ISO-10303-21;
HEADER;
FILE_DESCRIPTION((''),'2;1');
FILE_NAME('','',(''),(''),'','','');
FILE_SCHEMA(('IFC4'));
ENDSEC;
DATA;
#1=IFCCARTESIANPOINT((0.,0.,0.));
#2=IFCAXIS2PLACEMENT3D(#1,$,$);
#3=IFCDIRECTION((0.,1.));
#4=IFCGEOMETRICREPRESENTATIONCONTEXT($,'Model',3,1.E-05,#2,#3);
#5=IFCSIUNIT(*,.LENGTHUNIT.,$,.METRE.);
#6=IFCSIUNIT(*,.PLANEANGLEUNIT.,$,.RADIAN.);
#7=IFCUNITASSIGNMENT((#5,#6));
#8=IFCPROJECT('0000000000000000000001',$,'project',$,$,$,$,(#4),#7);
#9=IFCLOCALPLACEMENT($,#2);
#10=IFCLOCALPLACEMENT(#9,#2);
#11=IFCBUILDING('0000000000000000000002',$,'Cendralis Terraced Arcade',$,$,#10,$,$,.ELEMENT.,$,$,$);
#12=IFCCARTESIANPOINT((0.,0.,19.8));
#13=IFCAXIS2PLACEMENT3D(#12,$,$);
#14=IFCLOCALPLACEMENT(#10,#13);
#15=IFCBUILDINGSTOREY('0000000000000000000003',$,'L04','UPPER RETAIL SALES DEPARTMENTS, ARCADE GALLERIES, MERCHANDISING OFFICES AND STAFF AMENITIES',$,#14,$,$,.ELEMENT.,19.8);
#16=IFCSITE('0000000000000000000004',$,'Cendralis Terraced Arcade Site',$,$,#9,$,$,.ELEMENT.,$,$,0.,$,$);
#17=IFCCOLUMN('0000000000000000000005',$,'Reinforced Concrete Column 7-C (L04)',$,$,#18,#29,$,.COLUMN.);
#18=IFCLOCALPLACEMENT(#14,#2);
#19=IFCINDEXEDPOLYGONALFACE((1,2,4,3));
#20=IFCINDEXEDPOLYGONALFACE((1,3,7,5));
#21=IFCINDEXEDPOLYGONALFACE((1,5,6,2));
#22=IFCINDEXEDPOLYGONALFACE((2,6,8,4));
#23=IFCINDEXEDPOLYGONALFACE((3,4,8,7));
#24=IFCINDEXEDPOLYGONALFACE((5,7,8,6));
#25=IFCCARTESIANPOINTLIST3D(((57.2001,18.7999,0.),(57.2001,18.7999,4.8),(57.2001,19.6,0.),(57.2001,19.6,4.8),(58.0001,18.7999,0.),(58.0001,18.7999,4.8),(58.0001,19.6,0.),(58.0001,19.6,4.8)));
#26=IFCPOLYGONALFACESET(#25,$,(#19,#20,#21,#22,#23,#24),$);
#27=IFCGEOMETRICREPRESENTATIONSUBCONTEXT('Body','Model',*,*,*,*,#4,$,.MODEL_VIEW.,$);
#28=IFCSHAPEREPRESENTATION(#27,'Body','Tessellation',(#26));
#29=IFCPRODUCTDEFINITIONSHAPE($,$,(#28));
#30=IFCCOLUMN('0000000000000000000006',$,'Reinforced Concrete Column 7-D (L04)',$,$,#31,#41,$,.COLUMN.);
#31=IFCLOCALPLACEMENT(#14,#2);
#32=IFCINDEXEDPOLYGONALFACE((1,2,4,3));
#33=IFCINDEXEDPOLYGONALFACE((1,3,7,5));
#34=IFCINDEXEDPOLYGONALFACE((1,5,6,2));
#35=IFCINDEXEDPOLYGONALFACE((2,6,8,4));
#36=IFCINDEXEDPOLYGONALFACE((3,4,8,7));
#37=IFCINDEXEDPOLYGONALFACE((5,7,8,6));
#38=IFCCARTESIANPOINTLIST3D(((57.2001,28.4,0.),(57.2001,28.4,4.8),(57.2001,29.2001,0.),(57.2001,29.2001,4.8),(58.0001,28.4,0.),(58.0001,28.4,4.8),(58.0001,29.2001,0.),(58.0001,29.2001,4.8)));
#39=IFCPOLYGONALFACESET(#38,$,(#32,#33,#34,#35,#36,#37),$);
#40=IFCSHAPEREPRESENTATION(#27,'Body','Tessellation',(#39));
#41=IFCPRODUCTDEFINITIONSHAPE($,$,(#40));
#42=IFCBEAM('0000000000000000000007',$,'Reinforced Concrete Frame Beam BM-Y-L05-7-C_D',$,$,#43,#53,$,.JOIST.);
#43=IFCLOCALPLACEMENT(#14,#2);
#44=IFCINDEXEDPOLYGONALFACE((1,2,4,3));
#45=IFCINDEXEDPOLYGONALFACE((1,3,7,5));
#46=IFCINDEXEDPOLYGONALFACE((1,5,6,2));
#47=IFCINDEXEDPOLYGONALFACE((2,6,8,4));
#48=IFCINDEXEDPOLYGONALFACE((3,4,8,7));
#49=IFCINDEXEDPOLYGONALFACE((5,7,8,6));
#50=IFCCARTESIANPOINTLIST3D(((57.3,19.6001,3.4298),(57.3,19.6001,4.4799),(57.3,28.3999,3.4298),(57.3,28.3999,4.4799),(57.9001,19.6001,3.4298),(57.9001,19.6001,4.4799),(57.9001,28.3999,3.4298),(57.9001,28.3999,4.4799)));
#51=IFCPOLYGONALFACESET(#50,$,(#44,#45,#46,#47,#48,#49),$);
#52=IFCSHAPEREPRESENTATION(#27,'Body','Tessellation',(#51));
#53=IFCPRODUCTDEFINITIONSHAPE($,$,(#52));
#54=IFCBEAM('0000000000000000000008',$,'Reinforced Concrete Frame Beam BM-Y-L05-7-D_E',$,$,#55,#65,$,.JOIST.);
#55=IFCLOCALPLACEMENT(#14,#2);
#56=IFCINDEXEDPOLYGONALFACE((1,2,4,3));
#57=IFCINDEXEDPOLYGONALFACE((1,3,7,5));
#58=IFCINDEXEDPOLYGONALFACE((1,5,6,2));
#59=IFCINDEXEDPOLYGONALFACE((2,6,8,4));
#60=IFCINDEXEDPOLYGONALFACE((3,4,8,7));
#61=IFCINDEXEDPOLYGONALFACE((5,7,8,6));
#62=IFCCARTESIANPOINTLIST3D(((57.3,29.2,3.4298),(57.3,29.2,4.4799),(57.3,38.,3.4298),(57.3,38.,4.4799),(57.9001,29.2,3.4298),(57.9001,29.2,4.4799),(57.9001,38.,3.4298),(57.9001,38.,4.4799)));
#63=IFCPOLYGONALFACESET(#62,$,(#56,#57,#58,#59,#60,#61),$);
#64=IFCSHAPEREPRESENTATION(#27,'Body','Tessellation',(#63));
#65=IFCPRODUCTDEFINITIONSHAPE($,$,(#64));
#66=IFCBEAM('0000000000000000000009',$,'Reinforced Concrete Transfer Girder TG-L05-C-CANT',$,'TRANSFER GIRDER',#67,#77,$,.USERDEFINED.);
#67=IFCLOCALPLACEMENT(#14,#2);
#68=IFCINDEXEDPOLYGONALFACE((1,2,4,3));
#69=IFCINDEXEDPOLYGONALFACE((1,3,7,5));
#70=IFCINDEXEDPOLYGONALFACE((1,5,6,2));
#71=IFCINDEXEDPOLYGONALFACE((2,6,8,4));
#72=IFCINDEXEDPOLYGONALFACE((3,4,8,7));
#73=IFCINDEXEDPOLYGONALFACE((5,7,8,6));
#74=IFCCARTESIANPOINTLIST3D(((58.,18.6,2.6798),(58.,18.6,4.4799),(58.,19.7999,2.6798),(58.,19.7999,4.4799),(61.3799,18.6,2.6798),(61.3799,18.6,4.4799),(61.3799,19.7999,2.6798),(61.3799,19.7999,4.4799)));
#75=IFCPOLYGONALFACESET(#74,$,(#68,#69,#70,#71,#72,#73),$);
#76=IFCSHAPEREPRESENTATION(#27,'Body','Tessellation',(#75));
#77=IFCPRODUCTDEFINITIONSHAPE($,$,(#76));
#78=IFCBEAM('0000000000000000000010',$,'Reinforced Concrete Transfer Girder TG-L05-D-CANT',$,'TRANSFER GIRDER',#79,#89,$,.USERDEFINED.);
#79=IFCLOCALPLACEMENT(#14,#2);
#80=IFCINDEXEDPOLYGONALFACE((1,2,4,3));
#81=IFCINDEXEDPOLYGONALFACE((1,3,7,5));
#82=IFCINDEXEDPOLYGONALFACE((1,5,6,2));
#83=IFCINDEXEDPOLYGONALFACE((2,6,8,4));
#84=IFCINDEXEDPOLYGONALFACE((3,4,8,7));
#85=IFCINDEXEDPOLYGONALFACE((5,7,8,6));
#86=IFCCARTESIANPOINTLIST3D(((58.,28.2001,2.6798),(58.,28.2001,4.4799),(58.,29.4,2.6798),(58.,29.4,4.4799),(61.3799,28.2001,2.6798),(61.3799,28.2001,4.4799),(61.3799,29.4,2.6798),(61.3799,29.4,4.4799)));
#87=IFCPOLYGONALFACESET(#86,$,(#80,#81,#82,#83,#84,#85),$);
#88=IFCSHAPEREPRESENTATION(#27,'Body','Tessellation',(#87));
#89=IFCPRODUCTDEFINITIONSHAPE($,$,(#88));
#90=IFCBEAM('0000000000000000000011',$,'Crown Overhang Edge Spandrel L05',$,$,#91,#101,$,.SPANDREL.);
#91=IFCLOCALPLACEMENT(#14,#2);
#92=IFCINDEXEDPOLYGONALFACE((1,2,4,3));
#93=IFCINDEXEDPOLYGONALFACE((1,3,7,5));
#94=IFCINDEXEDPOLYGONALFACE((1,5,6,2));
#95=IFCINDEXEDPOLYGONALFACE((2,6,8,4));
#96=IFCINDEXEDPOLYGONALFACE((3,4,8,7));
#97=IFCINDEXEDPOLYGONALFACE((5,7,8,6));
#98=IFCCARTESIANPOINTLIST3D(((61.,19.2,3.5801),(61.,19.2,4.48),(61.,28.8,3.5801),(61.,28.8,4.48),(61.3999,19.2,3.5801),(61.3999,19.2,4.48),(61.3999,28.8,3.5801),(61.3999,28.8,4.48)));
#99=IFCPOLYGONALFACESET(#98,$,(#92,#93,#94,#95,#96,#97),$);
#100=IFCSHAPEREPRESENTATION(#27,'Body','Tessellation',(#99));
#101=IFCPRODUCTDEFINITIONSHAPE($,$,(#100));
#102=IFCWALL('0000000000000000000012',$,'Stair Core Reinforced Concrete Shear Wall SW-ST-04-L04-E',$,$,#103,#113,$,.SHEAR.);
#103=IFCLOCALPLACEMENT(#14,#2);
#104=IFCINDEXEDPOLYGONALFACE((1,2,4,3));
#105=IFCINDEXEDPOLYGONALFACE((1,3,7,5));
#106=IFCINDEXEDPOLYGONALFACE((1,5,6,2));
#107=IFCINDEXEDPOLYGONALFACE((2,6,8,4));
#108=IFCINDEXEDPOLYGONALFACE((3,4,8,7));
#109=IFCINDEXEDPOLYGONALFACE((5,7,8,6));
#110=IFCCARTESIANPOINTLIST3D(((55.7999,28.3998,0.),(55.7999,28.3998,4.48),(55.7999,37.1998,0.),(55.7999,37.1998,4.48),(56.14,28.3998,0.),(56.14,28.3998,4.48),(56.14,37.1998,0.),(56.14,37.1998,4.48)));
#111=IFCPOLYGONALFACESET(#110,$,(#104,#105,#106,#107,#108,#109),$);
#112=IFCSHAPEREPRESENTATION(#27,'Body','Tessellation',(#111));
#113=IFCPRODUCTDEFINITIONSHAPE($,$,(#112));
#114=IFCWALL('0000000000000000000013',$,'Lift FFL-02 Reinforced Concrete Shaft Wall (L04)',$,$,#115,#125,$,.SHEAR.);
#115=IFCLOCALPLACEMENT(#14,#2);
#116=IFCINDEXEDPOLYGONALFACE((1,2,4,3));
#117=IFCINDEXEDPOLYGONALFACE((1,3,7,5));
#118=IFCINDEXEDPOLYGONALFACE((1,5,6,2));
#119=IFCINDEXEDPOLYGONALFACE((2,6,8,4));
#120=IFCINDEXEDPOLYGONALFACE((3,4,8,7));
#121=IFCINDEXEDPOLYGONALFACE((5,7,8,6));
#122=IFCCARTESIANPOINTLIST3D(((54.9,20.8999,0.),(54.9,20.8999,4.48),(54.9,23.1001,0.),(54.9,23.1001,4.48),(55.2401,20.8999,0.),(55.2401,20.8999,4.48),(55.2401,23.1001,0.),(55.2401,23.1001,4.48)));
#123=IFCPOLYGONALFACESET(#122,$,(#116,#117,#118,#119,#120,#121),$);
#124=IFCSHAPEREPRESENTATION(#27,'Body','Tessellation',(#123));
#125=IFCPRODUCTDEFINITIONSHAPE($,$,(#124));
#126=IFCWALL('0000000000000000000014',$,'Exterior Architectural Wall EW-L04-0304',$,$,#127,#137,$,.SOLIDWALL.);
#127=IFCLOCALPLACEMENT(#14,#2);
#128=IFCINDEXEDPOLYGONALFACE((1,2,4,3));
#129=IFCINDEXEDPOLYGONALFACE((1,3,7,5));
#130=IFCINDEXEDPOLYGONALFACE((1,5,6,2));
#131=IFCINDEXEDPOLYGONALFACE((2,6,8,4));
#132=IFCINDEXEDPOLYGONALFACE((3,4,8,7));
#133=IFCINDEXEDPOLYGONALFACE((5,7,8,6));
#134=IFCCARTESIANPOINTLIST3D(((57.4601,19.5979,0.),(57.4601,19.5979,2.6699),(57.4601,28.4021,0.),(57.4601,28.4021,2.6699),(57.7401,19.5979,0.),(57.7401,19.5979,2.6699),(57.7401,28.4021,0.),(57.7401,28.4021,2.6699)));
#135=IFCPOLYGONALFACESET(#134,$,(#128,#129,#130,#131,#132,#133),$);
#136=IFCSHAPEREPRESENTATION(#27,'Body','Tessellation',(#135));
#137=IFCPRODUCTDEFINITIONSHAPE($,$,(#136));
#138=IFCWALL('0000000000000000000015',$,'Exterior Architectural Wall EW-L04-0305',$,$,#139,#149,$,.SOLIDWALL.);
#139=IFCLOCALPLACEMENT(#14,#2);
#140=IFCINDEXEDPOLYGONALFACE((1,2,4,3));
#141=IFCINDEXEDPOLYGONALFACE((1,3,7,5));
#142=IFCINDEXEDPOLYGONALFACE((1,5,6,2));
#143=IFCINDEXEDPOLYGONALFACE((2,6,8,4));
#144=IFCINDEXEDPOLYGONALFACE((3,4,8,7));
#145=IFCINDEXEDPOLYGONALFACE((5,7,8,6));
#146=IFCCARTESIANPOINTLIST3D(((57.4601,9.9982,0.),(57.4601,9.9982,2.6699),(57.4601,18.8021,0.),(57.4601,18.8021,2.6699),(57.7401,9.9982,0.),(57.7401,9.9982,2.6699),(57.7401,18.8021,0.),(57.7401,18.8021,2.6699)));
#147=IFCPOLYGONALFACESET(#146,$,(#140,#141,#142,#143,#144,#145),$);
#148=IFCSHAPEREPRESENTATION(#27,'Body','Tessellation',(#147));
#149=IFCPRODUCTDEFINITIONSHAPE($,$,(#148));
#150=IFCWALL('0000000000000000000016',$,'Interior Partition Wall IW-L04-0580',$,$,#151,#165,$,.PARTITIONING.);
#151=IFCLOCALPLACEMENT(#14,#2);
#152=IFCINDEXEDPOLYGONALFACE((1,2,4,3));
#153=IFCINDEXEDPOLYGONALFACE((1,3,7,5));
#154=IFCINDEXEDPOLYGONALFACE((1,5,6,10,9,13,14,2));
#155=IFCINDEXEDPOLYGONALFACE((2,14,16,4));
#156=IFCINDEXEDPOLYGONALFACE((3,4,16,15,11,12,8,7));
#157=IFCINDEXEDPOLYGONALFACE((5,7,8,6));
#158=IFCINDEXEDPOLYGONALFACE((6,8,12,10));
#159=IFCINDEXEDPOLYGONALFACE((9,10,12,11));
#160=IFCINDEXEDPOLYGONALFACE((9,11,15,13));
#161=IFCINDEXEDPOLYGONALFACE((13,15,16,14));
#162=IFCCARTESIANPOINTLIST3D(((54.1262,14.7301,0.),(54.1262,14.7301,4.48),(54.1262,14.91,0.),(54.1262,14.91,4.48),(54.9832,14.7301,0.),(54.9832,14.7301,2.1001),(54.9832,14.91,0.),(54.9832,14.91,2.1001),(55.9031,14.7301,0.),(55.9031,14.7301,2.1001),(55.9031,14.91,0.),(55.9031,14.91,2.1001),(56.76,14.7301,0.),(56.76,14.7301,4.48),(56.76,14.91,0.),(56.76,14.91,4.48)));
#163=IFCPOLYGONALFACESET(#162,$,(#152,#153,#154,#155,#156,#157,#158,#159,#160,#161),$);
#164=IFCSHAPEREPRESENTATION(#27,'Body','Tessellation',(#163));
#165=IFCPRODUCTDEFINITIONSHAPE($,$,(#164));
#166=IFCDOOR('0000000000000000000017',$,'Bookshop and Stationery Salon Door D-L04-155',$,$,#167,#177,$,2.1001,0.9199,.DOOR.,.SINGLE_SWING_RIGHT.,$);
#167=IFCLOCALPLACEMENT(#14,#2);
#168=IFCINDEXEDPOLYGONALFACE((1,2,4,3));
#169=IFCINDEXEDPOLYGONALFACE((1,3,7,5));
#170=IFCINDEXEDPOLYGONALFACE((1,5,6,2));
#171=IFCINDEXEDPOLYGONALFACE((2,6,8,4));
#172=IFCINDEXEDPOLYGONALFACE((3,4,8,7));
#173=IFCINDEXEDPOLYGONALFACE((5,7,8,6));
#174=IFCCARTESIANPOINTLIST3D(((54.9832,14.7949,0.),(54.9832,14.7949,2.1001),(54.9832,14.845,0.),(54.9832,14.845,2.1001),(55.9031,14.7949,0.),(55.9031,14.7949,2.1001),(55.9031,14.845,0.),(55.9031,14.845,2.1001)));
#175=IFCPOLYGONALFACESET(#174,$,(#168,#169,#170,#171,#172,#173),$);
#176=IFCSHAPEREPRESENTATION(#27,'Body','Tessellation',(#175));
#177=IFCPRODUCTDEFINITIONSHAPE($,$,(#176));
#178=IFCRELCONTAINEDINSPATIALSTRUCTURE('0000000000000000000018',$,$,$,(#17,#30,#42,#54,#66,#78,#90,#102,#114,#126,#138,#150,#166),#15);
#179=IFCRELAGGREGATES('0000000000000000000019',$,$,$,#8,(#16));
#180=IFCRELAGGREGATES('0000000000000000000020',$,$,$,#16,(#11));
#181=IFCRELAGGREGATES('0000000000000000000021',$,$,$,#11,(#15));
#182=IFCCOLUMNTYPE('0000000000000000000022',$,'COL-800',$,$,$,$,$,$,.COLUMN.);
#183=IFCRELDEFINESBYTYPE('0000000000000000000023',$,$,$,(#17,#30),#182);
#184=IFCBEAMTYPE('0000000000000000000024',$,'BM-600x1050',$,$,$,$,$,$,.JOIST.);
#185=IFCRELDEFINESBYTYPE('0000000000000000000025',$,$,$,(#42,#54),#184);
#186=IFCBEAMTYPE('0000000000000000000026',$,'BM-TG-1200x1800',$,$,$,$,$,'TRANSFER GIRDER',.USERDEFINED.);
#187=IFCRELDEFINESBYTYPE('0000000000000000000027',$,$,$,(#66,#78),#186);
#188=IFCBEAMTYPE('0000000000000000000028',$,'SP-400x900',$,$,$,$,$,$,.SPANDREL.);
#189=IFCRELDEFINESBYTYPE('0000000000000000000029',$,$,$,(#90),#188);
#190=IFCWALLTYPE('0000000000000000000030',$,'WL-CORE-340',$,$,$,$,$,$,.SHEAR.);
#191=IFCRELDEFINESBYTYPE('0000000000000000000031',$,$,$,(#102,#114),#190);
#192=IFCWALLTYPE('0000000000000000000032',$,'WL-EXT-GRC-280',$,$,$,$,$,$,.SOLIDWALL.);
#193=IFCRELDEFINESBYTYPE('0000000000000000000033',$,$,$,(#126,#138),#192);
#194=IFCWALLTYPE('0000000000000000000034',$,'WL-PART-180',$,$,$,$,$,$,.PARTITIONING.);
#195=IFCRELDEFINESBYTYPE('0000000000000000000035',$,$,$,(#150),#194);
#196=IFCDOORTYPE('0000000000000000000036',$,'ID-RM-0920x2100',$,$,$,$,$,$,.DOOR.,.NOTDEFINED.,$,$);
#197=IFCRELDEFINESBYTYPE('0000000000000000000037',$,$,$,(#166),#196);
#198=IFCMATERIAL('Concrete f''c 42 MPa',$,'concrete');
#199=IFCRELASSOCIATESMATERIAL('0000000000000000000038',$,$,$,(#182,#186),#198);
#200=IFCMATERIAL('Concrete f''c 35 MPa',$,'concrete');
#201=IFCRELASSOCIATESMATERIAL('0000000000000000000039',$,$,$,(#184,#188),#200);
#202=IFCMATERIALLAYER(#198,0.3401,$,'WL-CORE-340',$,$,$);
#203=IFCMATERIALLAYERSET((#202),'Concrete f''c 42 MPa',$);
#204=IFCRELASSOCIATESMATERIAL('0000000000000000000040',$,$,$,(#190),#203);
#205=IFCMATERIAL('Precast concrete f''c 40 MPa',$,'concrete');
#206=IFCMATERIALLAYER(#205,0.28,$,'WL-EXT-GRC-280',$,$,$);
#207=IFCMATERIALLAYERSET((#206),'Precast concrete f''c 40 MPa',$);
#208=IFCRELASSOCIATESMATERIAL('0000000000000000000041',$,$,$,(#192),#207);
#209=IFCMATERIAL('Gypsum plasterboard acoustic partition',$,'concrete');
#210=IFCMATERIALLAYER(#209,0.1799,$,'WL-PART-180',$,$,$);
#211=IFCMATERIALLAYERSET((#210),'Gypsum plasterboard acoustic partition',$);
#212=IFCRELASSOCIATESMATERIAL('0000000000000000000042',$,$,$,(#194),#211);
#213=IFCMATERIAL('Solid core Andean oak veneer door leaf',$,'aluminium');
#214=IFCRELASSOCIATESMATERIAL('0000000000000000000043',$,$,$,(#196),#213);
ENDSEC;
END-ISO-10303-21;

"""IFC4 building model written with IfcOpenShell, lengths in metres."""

from ifc_helpers import new_model, si_unit, direction, frame, frame_2d, origin, origin_2d, place, context, subcontext, project, spatial, rectangle, extrude, material, layer, layer_set, material_profile, profile_set, type_object, element, fill, save


model = new_model("IFC4")

# Units and contexts
model_context = context("Model", 3, precision=1e-05, world=origin(), true_north=direction((0.0, 1.0)))
body_context = subcontext(model_context, "Body", "Model", "MODEL_VIEW")
ifc_project = project(units=[si_unit("LENGTHUNIT", "METRE"), si_unit("PLANEANGLEUNIT", "RADIAN")], contexts=[model_context])

# Site, building, storey
site_placement = place(None, origin())
site = spatial("IfcSite", under=ifc_project, at=site_placement, Name="Cendralis Terraced Arcade Site", CompositionType="ELEMENT", RefElevation=0.0)
building_placement = place(site_placement, origin())
building = spatial("IfcBuilding", under=site, at=building_placement, Name="Cendralis Terraced Arcade", CompositionType="ELEMENT")
storey_placement = place(building_placement, frame((0.0, 0.0, 19.8)))
storey = spatial("IfcBuildingStorey", under=building, at=storey_placement, Name="L04", Description="UPPER RETAIL SALES DEPARTMENTS, ARCADE GALLERIES, MERCHANDISING OFFICES AND STAFF AMENITIES", CompositionType="ELEMENT", Elevation=19.8)

# Columns
ifc_material_1 = material(Name="Concrete f'c 42 MPa", Category="concrete")
ifc_material_profile_1 = material_profile(ifc_material_1, rectangle(XDim=0.8, YDim=0.8, at=origin_2d()), Name="RC-COL-800x800", Category="LoadBearing")
ifc_profile_set_1 = profile_set([ifc_material_profile_1], Name="Concrete f'c 42 MPa")
column_type = type_object("IfcColumnType", Name="COL-800", PredefinedType="COLUMN", material=ifc_profile_set_1)
for number, where, z_axis, x_axis, name in (
    (1, (57.6001, 19.2, 0.0), (0.0, 0.0, 1.0), (1.0, 0.0, 0.0), "Reinforced Concrete Column 7-C (L04)"),
    (2, (57.6001, 28.8, 0.0), (0.0, 0.0, 1.0), (1.0, 0.0, 0.0), "Reinforced Concrete Column 7-D (L04)"),
):
    element("IfcColumn", number, at=place(storey_placement, frame(where, z_axis=z_axis, x_axis=x_axis)), inside=storey, type_object=column_type, Name=name, PredefinedType="COLUMN", context=body_context, shape_type="SweptSolid", body=[
        extrude(rectangle(XDim=0.8, YDim=0.8, at=origin_2d()), origin(), (0.0, 0.0, 1.0), 4.8),
    ])

# Beams
ifc_material_2 = material(Name="Concrete f'c 35 MPa", Category="concrete")
ifc_material_profile_2 = material_profile(ifc_material_2, rectangle(XDim=0.6001, YDim=1.05, at=origin_2d()), Name="RC-BM-600x1050", Category="LoadBearing")
ifc_profile_set_2 = profile_set([ifc_material_profile_2], Name="Concrete f'c 35 MPa")
beam_type_1 = type_object("IfcBeamType", Name="BM-600x1050", PredefinedType="JOIST", material=ifc_profile_set_2)
beam_1_placement = place(storey_placement, frame((57.6001, 19.6001, 3.9548), z_axis=(0.0, 1.0, 0.0), x_axis=(-1.0, 0.0, 0.0)))
element("IfcBeam", 3, at=beam_1_placement, inside=storey, type_object=beam_type_1, Name="Reinforced Concrete Frame Beam BM-Y-L05-7-C_D", PredefinedType="JOIST", context=body_context, shape_type="SweptSolid", body=[
    extrude(rectangle(XDim=0.6001, YDim=1.05, at=origin_2d()), origin(), (0.0, 0.0, 1.0), 8.7998),
])
beam_2_placement = place(storey_placement, frame((57.6001, 29.2, 3.9548), z_axis=(0.0, 1.0, 0.0), x_axis=(-1.0, 0.0, 0.0)))
element("IfcBeam", 4, at=beam_2_placement, inside=storey, type_object=beam_type_1, Name="Reinforced Concrete Frame Beam BM-Y-L05-7-D_E", PredefinedType="JOIST", context=body_context, shape_type="SweptSolid", body=[
    extrude(rectangle(XDim=0.6001, YDim=1.05, at=origin_2d()), origin(), (0.0, 0.0, 1.0), 8.8),
])
ifc_material_profile_3 = material_profile(ifc_material_1, rectangle(XDim=1.2, YDim=1.8, at=origin_2d()), Name="RC-TG-1200x1800", Category="LoadBearing")
ifc_profile_set_3 = profile_set([ifc_material_profile_3], Name="Concrete f'c 42 MPa")
beam_type_2 = type_object("IfcBeamType", Name="BM-TG-1200x1800", ElementType="TRANSFER GIRDER", PredefinedType="USERDEFINED", material=ifc_profile_set_3)
for number, where, z_axis, x_axis, name in (
    (5, (58.0, 19.2, 3.5798), (1.0, 0.0, 0.0), (0.0, 1.0, 0.0), "Reinforced Concrete Transfer Girder TG-L05-C-CANT"),
    (6, (58.0, 28.8, 3.5798), (1.0, 0.0, 0.0), (0.0, 1.0, 0.0), "Reinforced Concrete Transfer Girder TG-L05-D-CANT"),
):
    element("IfcBeam", number, at=place(storey_placement, frame(where, z_axis=z_axis, x_axis=x_axis)), inside=storey, type_object=beam_type_2, Name=name, ObjectType="TRANSFER GIRDER", PredefinedType="USERDEFINED", context=body_context, shape_type="SweptSolid", body=[
        extrude(rectangle(XDim=1.2, YDim=1.8, at=origin_2d()), origin(), (0.0, 0.0, 1.0), 3.3799),
    ])
ifc_material_profile_4 = material_profile(ifc_material_2, rectangle(XDim=0.3999, YDim=0.8999, at=origin_2d()), Name="RC-SP-400x900", Category="LoadBearing")
ifc_profile_set_4 = profile_set([ifc_material_profile_4], Name="Concrete f'c 35 MPa")
beam_type_3 = type_object("IfcBeamType", Name="SP-400x900", PredefinedType="SPANDREL", material=ifc_profile_set_4)
beam_3_placement = place(storey_placement, frame((61.2, 19.2, 4.03), z_axis=(0.0, 1.0, 0.0), x_axis=(-1.0, 0.0, 0.0)))
element("IfcBeam", 7, at=beam_3_placement, inside=storey, type_object=beam_type_3, Name="Crown Overhang Edge Spandrel L05", PredefinedType="SPANDREL", context=body_context, shape_type="SweptSolid", body=[
    extrude(rectangle(XDim=0.3999, YDim=0.8999, at=origin_2d()), origin(), (0.0, 0.0, 1.0), 9.6001),
])

# Wall
ifc_layer_1 = layer(ifc_material_1, 0.3401, Name="WL-CORE-340")
ifc_layer_set_1 = layer_set([ifc_layer_1], Name="Concrete f'c 42 MPa")
wall_type_1 = type_object("IfcWallType", Name="WL-CORE-340", PredefinedType="SHEAR", material=ifc_layer_set_1)
wall_1_placement = place(storey_placement, frame((55.97, 28.3999, 0.0), z_axis=(0.0, 0.0, 1.0), x_axis=(0.0, 1.0, 0.0)))
element("IfcWall", 8, at=wall_1_placement, inside=storey, type_object=wall_type_1, Name="Stair Core Reinforced Concrete Shear Wall SW-ST-04-L04-E", PredefinedType="SHEAR", context=body_context, shape_type="SweptSolid", body=[
    extrude(rectangle(XDim=8.8, YDim=0.3401, at=frame_2d((4.3999, 0.0))), origin(), (0.0, 0.0, 1.0), 4.48),
])

# Walls
wall_2_placement = place(storey_placement, frame((55.0701, 20.8999, 0.0), z_axis=(0.0, 0.0, 1.0), x_axis=(0.0, 1.0, 0.0)))
element("IfcWall", 9, at=wall_2_placement, inside=storey, type_object=wall_type_1, Name="Lift FFL-02 Reinforced Concrete Shaft Wall (L04)", PredefinedType="SHEAR", context=body_context, shape_type="SweptSolid", body=[
    extrude(rectangle(XDim=2.2002, YDim=0.3401, at=frame_2d((1.1001, 0.0))), origin(), (0.0, 0.0, 1.0), 4.48),
])
ifc_material_3 = material(Name="Precast concrete f'c 40 MPa", Category="concrete")
ifc_layer_2 = layer(ifc_material_3, 0.28, Name="WL-EXT-GRC-280")
ifc_layer_set_2 = layer_set([ifc_layer_2], Name="Precast concrete f'c 40 MPa")
wall_type_2 = type_object("IfcWallType", Name="WL-EXT-GRC-280", PredefinedType="SOLIDWALL", material=ifc_layer_set_2)
wall_3_placement = place(storey_placement, frame((57.6001, 28.4021, 0.0), z_axis=(0.0, 0.0, 1.0), x_axis=(0.0, -1.0, 0.0)))
element("IfcWall", 10, at=wall_3_placement, inside=storey, type_object=wall_type_2, Name="Exterior Architectural Wall EW-L04-0304", PredefinedType="SOLIDWALL", context=body_context, shape_type="SweptSolid", body=[
    extrude(rectangle(XDim=8.8042, YDim=0.28, at=frame_2d((4.4021, 0.0))), origin(), (0.0, 0.0, 1.0), 2.6699),
])
wall_4_placement = place(storey_placement, frame((57.6001, 18.802, 0.0), z_axis=(0.0, 0.0, 1.0), x_axis=(0.0, -1.0, 0.0)))
element("IfcWall", 11, at=wall_4_placement, inside=storey, type_object=wall_type_2, Name="Exterior Architectural Wall EW-L04-0305", PredefinedType="SOLIDWALL", context=body_context, shape_type="SweptSolid", body=[
    extrude(rectangle(XDim=8.804, YDim=0.28, at=frame_2d((4.4019, 0.0))), origin(), (0.0, 0.0, 1.0), 2.6699),
])

# Wall, opening, door
ifc_material_4 = material(Name="Gypsum plasterboard acoustic partition", Category="concrete")
ifc_layer_3 = layer(ifc_material_4, 0.1799, Name="WL-PART-180")
ifc_layer_set_3 = layer_set([ifc_layer_3], Name="Gypsum plasterboard acoustic partition")
wall_type_3 = type_object("IfcWallType", Name="WL-PART-180", PredefinedType="PARTITIONING", material=ifc_layer_set_3)
wall_5_placement = place(storey_placement, frame((54.1262, 14.8201, 0.0), z_axis=(0.0, 0.0, 1.0), x_axis=(1.0, 0.0, 0.0)))
wall_5 = element("IfcWall", 12, at=wall_5_placement, inside=storey, type_object=wall_type_3, Name="Interior Partition Wall IW-L04-0580", PredefinedType="PARTITIONING", context=body_context, shape_type="SweptSolid", body=[
    extrude(rectangle(XDim=2.6338, YDim=0.1799, at=frame_2d((1.3169, 0.0))), origin(), (0.0, 0.0, 1.0), 4.48),
])
opening_1_placement = place(wall_5_placement, frame((0.8569, 0.0, 0.0)))
opening_1 = element("IfcOpeningElement", 13, at=opening_1_placement, cuts=wall_5, PredefinedType="OPENING", context=body_context, shape_type="SweptSolid", body=[
    extrude(rectangle(XDim=0.9199, YDim=2.1001, at=frame_2d((0.46, 1.05))), frame((0.0, 0.1021, 0.0), z_axis=(0.0, -1.0, 0.0), x_axis=(1.0, 0.0, 0.0)), (0.0, 0.0, 1.0), 0.2039),
])
ifc_material_5 = material(Name="Solid core Andean oak veneer door leaf", Category="aluminium")
door_type_1 = type_object("IfcDoorType", Name="ID-RM-0920x2100", OperationType="NOTDEFINED", PredefinedType="DOOR", material=ifc_material_5)
door_1_placement = place(opening_1_placement, origin())
door_1 = element("IfcDoor", 14, at=door_1_placement, inside=storey, type_object=door_type_1, Name="Bookshop and Stationery Salon Door D-L04-155", OperationType="SINGLE_SWING_RIGHT", OverallHeight=2.1001, OverallWidth=0.9199, PredefinedType="DOOR", context=body_context, shape_type="SweptSolid", body=[
    extrude(rectangle(XDim=0.9199, YDim=2.1001, at=frame_2d((0.46, 1.05))), frame((0.0, 0.0249, 0.0), z_axis=(0.0, -1.0, 0.0), x_axis=(1.0, 0.0, 0.0)), (0.0, 0.0, 1.0), 0.05),
])
fill(opening_1, door_1)

save(model, "model.ifc")
